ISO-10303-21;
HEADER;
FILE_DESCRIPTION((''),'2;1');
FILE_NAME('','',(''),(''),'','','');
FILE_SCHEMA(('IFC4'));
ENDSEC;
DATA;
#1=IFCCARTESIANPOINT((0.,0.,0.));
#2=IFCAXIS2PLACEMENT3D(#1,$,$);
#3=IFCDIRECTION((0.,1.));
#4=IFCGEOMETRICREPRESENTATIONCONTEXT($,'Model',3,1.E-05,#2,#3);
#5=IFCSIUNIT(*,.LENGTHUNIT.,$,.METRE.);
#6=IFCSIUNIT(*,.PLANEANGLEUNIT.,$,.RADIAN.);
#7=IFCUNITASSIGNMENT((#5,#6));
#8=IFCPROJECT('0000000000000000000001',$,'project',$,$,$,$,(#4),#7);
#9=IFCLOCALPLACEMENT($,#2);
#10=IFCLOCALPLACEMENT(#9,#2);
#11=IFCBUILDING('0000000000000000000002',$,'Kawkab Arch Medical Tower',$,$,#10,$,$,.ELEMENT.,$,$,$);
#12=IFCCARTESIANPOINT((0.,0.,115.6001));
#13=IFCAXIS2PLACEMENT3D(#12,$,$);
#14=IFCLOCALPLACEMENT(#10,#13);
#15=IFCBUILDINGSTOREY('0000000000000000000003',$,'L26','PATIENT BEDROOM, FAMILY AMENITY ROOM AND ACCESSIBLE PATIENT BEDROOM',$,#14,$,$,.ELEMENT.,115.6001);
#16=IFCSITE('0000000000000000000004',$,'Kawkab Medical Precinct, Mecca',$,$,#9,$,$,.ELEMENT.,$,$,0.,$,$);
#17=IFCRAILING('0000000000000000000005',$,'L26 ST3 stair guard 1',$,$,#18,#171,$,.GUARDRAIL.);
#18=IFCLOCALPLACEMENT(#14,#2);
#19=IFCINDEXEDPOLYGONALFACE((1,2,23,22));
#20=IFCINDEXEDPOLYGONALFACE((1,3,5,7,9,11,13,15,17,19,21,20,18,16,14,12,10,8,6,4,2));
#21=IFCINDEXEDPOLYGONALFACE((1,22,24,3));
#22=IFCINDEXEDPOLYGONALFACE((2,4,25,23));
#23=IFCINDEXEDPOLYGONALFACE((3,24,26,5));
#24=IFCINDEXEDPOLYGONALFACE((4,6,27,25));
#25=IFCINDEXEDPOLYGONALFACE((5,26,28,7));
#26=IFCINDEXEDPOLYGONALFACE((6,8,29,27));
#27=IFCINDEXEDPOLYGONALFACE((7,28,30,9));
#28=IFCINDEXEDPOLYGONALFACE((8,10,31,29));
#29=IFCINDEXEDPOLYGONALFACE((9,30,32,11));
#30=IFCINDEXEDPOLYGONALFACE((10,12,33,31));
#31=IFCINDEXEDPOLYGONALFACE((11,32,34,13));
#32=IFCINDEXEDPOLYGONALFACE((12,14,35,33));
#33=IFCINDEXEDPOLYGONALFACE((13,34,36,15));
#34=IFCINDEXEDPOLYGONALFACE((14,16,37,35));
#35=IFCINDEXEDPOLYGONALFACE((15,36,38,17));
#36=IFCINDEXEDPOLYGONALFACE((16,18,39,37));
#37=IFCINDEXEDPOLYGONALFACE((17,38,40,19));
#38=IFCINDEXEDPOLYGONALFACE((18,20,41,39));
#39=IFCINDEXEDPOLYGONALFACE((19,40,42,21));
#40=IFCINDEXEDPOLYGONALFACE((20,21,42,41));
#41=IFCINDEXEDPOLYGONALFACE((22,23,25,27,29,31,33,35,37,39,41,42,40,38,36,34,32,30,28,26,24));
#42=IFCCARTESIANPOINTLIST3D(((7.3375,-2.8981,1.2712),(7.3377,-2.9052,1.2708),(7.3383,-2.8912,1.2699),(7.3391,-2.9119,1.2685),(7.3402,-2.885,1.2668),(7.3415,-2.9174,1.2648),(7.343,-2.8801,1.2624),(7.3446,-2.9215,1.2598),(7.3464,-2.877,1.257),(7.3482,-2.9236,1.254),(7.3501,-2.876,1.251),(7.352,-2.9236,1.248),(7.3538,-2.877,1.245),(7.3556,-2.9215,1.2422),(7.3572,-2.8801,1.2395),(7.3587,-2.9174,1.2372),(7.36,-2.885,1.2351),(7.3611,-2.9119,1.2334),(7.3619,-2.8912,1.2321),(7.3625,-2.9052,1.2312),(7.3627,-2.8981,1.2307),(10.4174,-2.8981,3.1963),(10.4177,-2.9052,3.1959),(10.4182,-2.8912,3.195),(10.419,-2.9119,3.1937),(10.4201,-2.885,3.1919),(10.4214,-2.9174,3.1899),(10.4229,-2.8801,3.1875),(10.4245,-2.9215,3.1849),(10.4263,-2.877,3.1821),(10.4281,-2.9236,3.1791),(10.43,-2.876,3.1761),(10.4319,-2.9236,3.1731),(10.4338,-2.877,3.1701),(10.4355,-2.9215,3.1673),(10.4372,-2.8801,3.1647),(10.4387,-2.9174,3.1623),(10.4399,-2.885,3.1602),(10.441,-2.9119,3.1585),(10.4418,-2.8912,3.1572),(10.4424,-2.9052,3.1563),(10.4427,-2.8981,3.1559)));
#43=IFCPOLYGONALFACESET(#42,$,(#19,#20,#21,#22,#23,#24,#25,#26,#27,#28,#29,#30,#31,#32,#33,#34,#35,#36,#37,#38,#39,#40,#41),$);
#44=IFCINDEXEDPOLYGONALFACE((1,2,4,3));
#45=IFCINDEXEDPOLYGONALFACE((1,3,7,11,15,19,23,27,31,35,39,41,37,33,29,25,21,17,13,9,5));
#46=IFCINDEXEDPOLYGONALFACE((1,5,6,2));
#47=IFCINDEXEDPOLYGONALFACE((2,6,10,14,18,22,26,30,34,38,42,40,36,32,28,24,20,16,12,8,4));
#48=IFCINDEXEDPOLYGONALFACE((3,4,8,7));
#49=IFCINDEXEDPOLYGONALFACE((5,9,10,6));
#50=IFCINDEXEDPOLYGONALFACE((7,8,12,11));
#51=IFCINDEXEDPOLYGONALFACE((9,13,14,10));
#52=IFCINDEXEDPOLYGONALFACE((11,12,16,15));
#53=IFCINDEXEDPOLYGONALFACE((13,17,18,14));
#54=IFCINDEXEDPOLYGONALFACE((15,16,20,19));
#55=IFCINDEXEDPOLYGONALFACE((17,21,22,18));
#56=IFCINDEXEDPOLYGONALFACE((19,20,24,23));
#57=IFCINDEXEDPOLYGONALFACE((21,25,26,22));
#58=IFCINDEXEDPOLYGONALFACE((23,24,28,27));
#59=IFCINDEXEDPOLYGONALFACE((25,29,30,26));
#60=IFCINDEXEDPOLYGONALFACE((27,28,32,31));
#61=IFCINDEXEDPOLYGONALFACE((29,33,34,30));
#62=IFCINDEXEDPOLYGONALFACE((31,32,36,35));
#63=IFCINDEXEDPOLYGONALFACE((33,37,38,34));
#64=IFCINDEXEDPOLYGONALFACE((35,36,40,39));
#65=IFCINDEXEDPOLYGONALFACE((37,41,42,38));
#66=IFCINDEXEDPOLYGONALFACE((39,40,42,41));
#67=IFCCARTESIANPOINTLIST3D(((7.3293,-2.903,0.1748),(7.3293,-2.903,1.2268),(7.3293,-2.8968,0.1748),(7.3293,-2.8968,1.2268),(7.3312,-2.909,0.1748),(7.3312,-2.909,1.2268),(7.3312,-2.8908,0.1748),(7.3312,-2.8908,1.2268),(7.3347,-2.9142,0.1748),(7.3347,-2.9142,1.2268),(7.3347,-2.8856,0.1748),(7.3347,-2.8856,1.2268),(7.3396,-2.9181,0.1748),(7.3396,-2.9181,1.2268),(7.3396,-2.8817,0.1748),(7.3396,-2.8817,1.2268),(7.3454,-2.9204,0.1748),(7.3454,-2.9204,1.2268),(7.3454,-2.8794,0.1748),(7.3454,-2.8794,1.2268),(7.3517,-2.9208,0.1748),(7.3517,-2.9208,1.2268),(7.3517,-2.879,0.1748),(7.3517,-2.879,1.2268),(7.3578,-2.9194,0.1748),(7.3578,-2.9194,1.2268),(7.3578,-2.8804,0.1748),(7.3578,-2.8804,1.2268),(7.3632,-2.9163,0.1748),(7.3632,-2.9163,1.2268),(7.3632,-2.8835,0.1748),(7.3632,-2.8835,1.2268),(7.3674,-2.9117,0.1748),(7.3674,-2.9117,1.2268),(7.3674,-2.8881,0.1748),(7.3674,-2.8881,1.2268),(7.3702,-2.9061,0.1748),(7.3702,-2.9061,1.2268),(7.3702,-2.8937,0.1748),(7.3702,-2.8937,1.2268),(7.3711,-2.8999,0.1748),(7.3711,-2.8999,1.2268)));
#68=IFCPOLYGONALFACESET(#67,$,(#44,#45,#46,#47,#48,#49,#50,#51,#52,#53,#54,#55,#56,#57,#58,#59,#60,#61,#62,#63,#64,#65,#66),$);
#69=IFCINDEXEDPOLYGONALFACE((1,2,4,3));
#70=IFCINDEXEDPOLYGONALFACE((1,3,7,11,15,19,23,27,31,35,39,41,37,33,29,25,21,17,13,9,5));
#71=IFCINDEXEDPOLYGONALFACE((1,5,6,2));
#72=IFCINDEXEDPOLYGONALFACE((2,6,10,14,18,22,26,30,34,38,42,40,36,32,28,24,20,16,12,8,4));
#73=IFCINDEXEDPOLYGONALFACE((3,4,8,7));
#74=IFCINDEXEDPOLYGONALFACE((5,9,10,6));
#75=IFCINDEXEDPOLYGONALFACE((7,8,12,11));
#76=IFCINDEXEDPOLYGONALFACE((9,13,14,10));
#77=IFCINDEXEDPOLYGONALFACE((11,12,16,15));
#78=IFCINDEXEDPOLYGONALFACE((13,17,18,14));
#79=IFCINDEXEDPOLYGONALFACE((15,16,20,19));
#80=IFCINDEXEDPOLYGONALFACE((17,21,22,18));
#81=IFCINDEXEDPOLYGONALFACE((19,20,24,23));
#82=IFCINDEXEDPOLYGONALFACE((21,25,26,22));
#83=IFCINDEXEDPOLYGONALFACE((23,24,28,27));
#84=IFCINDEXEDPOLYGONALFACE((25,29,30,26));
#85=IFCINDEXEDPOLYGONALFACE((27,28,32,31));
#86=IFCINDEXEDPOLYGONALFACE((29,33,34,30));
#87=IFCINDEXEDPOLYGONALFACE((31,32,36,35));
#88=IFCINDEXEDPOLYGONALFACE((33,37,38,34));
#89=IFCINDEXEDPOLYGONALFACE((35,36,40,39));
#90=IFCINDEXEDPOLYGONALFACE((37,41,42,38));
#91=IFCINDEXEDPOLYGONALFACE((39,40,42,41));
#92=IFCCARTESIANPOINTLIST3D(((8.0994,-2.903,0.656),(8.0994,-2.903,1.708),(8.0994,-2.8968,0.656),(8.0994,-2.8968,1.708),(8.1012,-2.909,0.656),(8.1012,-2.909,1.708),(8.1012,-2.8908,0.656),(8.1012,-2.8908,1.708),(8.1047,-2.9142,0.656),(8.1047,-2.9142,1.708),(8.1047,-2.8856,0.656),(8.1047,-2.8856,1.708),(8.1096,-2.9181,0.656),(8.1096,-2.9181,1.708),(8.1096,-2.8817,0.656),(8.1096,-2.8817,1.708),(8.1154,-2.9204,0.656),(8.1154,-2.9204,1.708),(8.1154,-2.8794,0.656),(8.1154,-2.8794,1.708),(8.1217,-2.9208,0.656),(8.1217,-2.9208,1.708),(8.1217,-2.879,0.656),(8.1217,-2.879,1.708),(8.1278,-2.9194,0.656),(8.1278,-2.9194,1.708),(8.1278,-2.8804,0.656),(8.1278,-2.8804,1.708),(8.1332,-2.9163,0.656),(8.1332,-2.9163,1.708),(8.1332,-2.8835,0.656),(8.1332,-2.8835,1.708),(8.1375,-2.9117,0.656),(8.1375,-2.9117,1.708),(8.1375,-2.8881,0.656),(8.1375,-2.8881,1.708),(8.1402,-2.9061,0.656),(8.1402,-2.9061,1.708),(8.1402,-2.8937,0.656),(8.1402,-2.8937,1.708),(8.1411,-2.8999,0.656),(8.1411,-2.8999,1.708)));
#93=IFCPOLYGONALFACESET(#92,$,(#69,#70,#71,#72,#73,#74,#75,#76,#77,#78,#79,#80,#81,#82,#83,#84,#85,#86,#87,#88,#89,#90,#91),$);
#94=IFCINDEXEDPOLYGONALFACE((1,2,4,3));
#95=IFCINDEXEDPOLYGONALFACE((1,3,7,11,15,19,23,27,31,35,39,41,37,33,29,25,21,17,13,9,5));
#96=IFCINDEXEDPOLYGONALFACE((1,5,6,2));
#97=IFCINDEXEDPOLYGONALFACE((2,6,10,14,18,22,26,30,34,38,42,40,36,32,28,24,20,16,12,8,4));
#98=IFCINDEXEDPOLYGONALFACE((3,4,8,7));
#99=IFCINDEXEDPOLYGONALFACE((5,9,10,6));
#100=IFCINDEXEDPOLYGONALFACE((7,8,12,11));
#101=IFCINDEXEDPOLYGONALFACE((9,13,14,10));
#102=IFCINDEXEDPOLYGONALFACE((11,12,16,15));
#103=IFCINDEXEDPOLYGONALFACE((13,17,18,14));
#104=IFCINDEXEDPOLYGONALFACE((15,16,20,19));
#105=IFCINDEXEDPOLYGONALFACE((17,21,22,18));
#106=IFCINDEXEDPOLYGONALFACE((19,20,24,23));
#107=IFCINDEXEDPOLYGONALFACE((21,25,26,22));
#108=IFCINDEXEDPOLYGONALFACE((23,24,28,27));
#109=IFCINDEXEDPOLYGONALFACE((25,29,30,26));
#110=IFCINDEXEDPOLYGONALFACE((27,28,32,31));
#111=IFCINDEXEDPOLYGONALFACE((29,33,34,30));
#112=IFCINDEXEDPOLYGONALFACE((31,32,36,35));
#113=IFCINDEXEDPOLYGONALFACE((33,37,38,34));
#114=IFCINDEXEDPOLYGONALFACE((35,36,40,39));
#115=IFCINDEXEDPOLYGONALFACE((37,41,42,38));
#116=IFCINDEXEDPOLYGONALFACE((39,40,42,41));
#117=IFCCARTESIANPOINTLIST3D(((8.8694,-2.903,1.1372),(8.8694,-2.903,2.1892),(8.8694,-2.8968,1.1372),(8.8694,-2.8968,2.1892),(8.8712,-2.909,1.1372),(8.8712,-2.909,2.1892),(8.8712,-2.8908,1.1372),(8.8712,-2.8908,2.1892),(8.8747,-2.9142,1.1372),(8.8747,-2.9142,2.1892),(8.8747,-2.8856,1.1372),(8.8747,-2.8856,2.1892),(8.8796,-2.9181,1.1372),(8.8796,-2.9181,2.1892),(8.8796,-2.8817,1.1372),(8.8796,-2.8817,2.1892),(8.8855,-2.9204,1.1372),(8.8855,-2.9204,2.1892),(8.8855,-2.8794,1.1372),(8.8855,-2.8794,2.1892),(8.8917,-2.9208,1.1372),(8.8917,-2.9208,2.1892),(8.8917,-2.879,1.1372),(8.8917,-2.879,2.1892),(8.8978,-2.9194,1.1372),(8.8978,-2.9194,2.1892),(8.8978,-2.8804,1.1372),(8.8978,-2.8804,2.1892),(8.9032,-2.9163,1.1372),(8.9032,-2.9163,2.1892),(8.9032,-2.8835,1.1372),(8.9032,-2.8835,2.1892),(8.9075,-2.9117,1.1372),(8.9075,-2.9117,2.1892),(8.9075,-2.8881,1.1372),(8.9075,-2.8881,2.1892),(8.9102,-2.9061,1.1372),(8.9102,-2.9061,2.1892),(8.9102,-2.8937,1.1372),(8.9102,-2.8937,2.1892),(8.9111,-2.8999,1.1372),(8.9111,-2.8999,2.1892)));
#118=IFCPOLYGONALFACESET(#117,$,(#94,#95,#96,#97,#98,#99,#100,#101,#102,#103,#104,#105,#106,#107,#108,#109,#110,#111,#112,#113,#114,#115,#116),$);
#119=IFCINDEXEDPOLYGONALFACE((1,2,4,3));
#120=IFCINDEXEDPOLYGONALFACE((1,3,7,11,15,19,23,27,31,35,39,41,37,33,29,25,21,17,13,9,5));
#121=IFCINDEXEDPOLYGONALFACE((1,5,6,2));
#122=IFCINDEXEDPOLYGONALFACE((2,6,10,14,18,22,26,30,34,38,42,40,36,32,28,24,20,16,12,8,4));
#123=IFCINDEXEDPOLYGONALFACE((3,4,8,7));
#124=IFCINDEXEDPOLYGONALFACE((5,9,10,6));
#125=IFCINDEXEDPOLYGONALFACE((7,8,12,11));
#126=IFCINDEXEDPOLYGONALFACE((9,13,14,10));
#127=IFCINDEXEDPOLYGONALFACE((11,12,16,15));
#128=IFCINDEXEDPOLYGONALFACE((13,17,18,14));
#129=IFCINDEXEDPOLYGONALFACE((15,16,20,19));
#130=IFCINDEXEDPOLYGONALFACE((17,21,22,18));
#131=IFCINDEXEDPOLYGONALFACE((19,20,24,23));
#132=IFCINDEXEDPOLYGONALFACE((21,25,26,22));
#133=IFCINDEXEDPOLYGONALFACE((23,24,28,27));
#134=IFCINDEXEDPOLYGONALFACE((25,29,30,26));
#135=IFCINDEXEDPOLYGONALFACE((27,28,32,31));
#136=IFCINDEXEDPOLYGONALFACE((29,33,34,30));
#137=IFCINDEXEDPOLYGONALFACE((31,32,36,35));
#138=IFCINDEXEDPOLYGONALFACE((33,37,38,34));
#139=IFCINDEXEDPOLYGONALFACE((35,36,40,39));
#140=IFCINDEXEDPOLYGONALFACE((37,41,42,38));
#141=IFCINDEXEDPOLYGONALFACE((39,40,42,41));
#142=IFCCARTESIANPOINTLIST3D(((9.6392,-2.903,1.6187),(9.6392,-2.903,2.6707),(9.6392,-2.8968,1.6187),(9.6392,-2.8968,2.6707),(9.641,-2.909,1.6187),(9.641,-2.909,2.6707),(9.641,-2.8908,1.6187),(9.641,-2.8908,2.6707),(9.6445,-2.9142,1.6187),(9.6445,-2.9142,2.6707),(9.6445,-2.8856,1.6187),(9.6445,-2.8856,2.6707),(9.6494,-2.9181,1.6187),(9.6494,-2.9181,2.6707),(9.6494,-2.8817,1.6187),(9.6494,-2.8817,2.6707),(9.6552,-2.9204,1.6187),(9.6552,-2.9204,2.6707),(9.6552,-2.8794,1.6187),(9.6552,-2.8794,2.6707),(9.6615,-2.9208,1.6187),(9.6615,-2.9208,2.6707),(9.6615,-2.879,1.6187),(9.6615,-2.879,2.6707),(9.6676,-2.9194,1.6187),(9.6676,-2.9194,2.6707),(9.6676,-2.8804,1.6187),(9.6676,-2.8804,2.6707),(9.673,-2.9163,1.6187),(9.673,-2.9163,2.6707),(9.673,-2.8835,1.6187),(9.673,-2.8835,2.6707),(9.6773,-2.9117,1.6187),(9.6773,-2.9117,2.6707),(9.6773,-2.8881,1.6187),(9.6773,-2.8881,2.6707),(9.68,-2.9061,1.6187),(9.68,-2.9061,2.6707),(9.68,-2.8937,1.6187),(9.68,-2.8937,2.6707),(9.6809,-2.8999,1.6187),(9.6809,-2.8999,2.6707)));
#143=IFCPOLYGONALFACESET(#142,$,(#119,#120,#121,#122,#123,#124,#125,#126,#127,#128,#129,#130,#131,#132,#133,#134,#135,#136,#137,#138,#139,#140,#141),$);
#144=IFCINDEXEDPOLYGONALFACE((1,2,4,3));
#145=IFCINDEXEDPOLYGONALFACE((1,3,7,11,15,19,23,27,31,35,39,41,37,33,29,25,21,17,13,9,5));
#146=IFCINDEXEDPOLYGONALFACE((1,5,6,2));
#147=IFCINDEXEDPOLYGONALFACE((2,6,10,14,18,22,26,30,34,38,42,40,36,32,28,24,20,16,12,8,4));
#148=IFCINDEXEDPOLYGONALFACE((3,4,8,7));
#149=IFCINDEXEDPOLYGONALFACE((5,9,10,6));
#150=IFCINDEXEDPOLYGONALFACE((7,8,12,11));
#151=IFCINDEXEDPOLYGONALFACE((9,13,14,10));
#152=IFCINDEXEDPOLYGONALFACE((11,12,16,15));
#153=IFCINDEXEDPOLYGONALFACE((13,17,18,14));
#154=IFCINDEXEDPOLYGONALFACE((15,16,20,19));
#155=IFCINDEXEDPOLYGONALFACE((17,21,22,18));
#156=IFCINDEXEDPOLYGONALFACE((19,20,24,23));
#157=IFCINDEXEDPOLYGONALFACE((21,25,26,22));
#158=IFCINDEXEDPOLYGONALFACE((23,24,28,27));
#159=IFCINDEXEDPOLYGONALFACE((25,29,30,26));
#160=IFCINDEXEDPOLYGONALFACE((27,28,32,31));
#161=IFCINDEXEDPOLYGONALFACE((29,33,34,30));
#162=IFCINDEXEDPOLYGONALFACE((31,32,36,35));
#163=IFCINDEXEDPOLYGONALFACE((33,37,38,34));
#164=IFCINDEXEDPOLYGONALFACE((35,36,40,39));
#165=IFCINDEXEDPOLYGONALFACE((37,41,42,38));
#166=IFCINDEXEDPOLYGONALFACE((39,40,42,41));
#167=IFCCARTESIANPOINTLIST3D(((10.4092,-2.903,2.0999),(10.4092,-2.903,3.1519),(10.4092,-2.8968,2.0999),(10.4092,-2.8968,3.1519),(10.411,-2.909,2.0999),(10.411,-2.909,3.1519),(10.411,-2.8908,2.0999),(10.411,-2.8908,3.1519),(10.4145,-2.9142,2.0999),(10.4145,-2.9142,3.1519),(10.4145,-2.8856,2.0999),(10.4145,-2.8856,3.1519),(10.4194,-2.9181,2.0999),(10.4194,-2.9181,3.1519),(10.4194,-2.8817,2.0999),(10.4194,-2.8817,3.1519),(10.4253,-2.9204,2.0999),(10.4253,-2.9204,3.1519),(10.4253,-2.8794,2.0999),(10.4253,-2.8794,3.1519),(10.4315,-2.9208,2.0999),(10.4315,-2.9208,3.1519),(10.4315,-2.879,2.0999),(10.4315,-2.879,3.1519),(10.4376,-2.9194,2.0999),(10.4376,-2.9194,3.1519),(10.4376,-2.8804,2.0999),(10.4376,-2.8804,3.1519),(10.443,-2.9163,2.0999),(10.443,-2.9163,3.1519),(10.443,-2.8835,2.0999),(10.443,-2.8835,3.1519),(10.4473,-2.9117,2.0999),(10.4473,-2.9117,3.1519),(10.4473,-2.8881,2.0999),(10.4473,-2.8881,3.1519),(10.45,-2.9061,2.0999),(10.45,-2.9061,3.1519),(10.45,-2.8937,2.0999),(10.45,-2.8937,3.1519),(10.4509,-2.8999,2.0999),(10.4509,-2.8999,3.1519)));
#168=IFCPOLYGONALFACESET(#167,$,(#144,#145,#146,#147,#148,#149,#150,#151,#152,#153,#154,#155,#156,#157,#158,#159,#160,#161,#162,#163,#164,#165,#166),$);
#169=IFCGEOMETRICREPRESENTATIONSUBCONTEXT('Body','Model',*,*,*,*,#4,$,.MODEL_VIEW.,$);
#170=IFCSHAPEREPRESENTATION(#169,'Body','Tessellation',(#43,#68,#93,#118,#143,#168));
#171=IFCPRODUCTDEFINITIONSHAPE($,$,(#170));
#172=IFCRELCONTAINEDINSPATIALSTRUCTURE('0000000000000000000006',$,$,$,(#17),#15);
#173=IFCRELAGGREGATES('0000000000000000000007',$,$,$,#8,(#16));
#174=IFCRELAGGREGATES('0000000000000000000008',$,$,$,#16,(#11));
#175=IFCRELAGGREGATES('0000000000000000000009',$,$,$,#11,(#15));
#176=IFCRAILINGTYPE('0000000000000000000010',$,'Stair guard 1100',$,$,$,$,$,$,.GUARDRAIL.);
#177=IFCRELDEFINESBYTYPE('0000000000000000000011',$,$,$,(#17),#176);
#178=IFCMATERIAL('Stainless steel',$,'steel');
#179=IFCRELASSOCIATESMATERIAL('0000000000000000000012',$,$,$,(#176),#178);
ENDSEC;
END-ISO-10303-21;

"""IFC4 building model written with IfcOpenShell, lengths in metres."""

from ifc_helpers import new_model, si_unit, direction, frame, origin, origin_2d, place, context, subcontext, project, spatial, circle, extrude, material, type_object, element, save


model = new_model("IFC4")

# Units and contexts
model_context = context("Model", 3, precision=1e-05, world=origin(), true_north=direction((0.0, 1.0)))
body_context = subcontext(model_context, "Body", "Model", "MODEL_VIEW")
ifc_project = project(units=[si_unit("LENGTHUNIT", "METRE"), si_unit("PLANEANGLEUNIT", "RADIAN")], contexts=[model_context])

# Site, building, storey
site_placement = place(None, origin())
site = spatial("IfcSite", under=ifc_project, at=site_placement, Name="Kawkab Medical Precinct, Mecca", CompositionType="ELEMENT", RefElevation=0.0)
building_placement = place(site_placement, origin())
building = spatial("IfcBuilding", under=site, at=building_placement, Name="Kawkab Arch Medical Tower", CompositionType="ELEMENT")
storey_placement = place(building_placement, frame((0.0, 0.0, 115.6001)))
storey = spatial("IfcBuildingStorey", under=building, at=storey_placement, Name="L26", Description="PATIENT BEDROOM, FAMILY AMENITY ROOM AND ACCESSIBLE PATIENT BEDROOM", CompositionType="ELEMENT", Elevation=115.6001)

# Railing
ifc_material_1 = material(Name="Stainless steel", Category="steel")
railing_type_1 = type_object("IfcRailingType", Name="Stair guard 1100", PredefinedType="GUARDRAIL", material=ifc_material_1)
railing_1_placement = place(storey_placement, frame((7.3501, -2.8999, 0.1748)))
element("IfcRailing", 1, at=railing_1_placement, inside=storey, type_object=railing_type_1, Name="L26 ST3 stair guard 1", PredefinedType="GUARDRAIL", context=body_context, shape_type="SweptSolid", body=[
    extrude(circle(Radius=0.0239, at=origin_2d()), frame((0.0, 0.0, 1.0762), z_axis=(0.847979, 0.0, 0.530029), x_axis=(0.0, 1.0, 0.0)), (0.0, 0.0, 1.0), 3.6321),
    extrude(circle(Radius=0.021, at=origin_2d()), origin(), (0.0, 0.0, 1.0), 1.052),
    extrude(circle(Radius=0.021, at=origin_2d()), frame((0.77, 0.0, 0.4812)), (0.0, 0.0, 1.0), 1.052),
    extrude(circle(Radius=0.021, at=origin_2d()), frame((1.54, 0.0, 0.9624)), (0.0, 0.0, 1.0), 1.052),
    extrude(circle(Radius=0.021, at=origin_2d()), frame((2.3098, 0.0, 1.4438)), (0.0, 0.0, 1.0), 1.052),
    extrude(circle(Radius=0.021, at=origin_2d()), frame((3.0798, 0.0, 1.925)), (0.0, 0.0, 1.0), 1.052),
])

save(model, "model.ifc")
